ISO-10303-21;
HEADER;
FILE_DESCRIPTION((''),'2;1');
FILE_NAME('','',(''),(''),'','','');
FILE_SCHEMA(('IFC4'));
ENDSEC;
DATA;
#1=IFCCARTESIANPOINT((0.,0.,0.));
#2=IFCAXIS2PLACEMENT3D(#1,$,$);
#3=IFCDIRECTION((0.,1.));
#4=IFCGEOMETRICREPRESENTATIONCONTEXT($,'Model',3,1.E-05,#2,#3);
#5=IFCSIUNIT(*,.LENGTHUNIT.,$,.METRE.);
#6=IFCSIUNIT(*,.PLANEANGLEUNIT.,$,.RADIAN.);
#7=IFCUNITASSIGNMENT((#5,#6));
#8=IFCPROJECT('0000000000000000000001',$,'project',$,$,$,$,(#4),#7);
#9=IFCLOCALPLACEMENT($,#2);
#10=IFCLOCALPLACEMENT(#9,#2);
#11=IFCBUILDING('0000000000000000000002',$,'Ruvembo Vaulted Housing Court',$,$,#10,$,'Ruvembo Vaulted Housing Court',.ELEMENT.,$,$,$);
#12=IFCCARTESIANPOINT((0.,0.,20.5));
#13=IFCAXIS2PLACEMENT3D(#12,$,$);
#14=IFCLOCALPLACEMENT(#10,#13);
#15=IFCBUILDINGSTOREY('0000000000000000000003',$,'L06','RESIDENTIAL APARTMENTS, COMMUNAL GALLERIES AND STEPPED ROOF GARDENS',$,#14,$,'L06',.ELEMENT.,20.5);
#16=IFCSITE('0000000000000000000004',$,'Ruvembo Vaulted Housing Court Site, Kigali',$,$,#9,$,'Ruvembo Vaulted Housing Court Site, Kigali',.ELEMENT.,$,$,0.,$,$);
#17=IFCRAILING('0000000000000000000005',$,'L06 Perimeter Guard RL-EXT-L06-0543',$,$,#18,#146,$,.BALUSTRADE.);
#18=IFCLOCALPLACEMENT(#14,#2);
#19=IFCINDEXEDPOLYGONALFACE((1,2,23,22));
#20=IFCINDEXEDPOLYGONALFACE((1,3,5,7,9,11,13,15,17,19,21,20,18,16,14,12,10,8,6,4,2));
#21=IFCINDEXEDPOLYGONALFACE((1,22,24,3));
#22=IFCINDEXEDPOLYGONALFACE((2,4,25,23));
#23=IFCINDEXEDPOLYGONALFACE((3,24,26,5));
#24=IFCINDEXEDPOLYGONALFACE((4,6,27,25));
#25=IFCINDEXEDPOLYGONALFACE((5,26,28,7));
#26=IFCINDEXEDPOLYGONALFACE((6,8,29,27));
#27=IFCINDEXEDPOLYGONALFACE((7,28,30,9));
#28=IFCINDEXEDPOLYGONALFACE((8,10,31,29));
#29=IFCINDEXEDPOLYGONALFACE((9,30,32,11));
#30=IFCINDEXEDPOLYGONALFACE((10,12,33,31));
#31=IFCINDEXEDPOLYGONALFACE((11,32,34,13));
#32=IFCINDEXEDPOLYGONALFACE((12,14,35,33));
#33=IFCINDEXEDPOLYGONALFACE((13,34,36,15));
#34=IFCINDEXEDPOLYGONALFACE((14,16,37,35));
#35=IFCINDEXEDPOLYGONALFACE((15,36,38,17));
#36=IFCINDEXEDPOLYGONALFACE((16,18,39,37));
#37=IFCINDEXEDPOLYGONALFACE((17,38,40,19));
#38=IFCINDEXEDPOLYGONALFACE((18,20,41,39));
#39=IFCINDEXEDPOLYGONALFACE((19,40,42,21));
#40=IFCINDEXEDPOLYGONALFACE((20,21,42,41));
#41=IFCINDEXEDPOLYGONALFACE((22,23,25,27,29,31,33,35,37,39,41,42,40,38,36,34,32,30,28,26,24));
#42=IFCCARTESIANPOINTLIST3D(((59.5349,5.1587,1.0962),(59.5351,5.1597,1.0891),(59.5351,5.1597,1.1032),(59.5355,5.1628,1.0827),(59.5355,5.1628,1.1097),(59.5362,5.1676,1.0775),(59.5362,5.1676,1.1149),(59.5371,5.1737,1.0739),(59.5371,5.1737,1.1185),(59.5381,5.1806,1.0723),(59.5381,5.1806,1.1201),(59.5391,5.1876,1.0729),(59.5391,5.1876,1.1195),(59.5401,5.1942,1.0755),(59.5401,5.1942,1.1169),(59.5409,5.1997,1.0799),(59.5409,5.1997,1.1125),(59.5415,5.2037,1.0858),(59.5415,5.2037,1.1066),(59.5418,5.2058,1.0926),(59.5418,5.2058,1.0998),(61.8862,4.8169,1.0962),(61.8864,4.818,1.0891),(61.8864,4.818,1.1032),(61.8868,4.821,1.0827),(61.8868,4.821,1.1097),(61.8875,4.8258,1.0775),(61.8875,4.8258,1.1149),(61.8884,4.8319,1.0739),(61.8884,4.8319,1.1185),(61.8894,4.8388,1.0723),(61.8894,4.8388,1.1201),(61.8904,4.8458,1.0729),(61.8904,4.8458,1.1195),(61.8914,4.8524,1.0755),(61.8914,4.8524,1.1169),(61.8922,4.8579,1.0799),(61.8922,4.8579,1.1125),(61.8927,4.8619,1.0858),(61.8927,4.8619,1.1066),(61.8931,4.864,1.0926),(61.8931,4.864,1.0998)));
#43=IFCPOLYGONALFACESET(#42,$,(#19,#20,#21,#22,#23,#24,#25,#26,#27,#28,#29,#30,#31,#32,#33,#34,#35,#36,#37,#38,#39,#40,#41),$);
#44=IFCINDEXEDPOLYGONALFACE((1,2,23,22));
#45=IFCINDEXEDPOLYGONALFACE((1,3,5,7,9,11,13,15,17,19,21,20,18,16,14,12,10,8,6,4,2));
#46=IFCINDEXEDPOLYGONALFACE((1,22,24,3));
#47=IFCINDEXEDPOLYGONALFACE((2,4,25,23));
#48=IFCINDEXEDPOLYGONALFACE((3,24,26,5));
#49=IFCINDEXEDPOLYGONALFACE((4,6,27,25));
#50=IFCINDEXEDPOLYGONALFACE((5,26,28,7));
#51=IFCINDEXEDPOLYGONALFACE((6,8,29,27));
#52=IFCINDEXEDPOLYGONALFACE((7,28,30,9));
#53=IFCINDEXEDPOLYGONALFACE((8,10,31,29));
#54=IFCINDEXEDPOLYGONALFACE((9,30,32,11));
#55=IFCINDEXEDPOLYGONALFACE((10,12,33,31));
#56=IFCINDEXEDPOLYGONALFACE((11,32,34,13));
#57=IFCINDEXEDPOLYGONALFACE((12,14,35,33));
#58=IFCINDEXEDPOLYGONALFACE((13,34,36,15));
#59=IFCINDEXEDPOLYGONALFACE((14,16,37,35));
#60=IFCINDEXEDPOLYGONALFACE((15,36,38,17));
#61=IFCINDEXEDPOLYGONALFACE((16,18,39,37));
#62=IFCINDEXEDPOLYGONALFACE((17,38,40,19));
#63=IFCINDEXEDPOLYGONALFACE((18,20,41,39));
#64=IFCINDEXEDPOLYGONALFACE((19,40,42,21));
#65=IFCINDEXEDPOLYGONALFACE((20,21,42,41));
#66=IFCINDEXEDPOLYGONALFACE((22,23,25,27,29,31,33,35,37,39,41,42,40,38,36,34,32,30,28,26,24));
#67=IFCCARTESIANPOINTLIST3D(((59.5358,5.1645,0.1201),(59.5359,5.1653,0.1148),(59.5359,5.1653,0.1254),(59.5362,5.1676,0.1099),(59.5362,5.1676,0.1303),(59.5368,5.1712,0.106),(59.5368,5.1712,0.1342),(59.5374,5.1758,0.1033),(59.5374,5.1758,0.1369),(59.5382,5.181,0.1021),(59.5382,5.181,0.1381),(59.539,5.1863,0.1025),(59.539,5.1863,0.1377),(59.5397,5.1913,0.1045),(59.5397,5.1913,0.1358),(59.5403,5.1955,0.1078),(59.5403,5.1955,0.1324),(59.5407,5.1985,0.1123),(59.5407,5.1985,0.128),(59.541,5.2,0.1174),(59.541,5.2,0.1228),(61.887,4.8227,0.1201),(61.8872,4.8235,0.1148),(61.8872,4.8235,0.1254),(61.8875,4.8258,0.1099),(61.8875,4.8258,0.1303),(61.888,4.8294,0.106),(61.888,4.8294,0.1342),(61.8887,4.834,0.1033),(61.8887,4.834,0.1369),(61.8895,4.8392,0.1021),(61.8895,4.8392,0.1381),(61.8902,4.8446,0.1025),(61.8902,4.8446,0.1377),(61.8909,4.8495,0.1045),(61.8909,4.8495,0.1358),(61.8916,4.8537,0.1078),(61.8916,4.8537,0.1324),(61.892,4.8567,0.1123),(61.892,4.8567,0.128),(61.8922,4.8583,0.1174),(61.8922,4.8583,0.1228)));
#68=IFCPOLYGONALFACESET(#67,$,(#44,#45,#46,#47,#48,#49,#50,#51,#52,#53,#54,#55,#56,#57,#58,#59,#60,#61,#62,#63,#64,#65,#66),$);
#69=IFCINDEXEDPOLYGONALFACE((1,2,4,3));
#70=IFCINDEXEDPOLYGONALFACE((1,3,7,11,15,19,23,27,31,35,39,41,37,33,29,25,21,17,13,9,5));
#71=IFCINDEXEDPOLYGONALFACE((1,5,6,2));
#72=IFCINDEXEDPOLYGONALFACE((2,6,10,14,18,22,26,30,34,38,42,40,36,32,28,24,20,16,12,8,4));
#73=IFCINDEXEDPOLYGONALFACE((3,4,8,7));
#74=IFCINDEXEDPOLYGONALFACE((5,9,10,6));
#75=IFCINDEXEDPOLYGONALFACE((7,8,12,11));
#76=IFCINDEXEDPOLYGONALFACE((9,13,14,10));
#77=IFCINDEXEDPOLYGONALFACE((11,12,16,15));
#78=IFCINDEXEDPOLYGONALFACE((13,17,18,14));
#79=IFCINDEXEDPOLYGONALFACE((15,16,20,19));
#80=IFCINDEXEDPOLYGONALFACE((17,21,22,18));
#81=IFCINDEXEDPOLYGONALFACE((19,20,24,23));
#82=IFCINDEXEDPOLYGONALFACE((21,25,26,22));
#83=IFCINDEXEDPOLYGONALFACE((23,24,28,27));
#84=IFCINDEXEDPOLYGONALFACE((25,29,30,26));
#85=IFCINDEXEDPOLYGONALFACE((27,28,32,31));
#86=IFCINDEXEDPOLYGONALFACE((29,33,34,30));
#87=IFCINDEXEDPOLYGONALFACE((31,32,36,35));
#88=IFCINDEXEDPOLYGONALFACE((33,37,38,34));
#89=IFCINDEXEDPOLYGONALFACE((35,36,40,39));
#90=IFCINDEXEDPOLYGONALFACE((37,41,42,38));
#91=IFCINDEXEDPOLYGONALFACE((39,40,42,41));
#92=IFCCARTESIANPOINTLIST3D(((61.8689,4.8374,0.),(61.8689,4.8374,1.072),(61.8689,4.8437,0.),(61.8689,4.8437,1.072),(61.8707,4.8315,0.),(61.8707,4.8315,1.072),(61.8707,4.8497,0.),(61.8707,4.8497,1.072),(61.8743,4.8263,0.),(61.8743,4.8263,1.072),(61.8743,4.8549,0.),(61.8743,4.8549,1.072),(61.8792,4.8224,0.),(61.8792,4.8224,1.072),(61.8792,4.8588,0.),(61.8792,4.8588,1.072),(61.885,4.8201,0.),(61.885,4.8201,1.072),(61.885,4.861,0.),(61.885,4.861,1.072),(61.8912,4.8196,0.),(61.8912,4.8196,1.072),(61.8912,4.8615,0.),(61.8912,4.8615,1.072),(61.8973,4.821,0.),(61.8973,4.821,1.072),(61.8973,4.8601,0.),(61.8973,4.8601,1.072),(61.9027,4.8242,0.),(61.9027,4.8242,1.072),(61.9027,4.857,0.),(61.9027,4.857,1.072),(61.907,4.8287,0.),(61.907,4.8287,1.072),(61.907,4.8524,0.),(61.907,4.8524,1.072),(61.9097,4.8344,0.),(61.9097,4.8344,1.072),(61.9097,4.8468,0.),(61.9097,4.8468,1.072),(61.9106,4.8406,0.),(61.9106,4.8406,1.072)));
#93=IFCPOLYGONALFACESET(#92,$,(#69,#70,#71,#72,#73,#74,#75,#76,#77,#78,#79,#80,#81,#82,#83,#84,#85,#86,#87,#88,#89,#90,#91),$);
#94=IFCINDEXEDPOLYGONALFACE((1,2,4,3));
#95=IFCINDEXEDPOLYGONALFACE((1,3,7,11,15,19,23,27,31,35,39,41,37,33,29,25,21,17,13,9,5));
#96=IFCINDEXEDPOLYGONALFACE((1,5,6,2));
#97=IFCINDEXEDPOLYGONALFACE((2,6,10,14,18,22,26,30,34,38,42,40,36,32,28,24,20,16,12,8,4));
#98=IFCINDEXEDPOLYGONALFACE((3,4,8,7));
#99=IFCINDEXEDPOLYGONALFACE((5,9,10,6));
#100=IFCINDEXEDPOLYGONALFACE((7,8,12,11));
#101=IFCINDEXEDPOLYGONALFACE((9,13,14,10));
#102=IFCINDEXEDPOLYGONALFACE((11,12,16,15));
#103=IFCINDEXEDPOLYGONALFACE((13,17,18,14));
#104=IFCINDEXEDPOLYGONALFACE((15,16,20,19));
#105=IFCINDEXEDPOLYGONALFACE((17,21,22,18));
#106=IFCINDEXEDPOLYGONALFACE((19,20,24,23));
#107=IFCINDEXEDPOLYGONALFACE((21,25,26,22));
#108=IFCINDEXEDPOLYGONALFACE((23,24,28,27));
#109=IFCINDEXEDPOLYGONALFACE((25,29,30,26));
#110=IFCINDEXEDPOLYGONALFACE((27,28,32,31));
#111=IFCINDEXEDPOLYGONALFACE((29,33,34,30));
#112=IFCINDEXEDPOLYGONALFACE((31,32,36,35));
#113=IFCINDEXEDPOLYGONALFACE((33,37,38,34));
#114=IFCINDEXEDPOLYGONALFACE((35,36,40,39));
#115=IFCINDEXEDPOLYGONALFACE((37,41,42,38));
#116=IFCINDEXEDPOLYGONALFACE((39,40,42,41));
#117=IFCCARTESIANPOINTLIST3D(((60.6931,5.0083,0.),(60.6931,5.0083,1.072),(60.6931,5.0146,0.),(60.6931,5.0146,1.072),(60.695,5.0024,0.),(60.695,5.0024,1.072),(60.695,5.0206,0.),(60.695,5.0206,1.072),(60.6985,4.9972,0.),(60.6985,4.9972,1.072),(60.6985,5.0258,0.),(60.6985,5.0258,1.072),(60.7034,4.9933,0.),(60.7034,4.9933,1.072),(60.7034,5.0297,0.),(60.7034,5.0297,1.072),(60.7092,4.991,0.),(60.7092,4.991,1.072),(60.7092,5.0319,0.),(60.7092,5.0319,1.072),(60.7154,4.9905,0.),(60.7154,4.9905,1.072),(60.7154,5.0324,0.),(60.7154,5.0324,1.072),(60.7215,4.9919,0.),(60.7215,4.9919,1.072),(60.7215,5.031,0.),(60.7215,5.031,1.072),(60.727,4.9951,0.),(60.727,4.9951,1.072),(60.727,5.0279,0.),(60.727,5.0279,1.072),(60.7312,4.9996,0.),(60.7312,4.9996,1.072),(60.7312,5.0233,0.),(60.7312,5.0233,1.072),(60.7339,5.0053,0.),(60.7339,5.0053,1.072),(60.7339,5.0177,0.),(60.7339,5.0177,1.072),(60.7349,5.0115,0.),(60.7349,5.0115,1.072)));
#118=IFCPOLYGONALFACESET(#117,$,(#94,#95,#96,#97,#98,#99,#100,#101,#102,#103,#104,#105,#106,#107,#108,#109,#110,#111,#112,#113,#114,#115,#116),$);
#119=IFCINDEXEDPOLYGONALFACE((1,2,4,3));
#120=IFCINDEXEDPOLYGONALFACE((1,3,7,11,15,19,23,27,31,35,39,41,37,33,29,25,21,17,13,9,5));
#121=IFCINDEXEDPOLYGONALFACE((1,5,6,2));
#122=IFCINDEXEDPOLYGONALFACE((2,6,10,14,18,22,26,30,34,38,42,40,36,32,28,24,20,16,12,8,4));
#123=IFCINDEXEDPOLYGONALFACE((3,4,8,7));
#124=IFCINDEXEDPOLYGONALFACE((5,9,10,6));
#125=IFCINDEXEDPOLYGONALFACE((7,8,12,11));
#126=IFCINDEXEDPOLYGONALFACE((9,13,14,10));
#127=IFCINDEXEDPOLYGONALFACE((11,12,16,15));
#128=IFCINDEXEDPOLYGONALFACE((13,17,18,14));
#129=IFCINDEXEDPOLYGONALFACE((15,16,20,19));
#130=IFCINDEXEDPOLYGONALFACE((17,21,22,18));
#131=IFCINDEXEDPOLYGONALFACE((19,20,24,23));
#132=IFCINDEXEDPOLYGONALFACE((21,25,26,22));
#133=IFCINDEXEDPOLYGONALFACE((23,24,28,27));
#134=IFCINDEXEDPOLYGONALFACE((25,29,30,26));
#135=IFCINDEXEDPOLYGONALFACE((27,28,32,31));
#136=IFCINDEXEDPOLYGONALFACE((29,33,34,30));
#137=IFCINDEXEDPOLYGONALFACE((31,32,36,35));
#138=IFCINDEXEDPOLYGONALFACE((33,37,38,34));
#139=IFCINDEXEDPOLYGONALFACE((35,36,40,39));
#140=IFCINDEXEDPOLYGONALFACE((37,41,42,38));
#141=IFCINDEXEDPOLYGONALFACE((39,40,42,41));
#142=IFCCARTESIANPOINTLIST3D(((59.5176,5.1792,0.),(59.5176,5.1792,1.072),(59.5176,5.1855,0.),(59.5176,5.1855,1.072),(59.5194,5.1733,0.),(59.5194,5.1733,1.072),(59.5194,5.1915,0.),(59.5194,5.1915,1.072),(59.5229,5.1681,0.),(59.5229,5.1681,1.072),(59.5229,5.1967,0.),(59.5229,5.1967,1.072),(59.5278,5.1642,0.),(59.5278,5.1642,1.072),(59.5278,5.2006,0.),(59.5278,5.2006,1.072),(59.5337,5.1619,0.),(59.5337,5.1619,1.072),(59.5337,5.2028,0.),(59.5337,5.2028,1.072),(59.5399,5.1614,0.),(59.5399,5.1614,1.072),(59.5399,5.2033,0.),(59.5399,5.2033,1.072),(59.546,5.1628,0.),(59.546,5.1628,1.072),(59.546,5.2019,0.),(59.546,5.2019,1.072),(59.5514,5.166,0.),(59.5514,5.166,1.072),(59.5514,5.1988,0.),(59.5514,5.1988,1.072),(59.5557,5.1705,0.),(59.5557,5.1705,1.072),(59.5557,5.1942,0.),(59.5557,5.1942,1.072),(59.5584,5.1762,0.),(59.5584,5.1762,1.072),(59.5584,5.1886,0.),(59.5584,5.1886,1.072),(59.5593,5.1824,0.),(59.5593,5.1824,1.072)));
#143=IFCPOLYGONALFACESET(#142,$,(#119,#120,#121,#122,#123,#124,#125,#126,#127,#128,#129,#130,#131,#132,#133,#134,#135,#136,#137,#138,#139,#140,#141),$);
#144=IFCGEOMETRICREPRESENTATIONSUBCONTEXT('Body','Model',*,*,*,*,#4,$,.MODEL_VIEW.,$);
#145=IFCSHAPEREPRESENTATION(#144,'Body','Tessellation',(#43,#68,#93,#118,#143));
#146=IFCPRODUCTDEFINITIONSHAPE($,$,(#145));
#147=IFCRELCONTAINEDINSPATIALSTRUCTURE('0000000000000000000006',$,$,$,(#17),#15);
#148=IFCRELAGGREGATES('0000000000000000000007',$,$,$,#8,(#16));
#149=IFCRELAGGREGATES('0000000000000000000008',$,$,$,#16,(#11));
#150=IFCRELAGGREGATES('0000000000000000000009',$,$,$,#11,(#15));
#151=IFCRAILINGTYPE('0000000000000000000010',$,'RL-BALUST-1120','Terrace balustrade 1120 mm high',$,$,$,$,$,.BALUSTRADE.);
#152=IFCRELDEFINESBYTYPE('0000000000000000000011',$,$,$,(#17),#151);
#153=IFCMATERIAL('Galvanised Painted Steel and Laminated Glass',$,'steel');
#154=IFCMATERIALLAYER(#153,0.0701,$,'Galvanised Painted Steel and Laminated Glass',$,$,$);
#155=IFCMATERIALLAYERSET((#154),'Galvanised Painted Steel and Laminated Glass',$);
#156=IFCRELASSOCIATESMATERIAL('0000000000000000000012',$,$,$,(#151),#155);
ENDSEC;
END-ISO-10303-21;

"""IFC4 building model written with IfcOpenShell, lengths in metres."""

from ifc_helpers import new_model, si_unit, direction, frame, origin, origin_2d, place, context, subcontext, project, spatial, circle, extrude, material, layer, layer_set, type_object, element, save


model = new_model("IFC4")

# Units and contexts
model_context = context("Model", 3, precision=1e-05, world=origin(), true_north=direction((0.0, 1.0)))
body_context = subcontext(model_context, "Body", "Model", "MODEL_VIEW")
ifc_project = project(units=[si_unit("LENGTHUNIT", "METRE"), si_unit("PLANEANGLEUNIT", "RADIAN")], contexts=[model_context])

# Site, building, storey
site_placement = place(None, origin())
site = spatial("IfcSite", under=ifc_project, at=site_placement, Name="Ruvembo Vaulted Housing Court Site, Kigali", LongName="Ruvembo Vaulted Housing Court Site, Kigali", CompositionType="ELEMENT", RefElevation=0.0)
building_placement = place(site_placement, origin())
building = spatial("IfcBuilding", under=site, at=building_placement, Name="Ruvembo Vaulted Housing Court", LongName="Ruvembo Vaulted Housing Court", CompositionType="ELEMENT")
storey_placement = place(building_placement, frame((0.0, 0.0, 20.5)))
storey = spatial("IfcBuildingStorey", under=building, at=storey_placement, Name="L06", Description="RESIDENTIAL APARTMENTS, COMMUNAL GALLERIES AND STEPPED ROOF GARDENS", LongName="L06", CompositionType="ELEMENT", Elevation=20.5)

# Railing
ifc_material_1 = material(Name="Galvanised Painted Steel and Laminated Glass", Category="steel")
ifc_layer = layer(ifc_material_1, 0.0701, Name="Galvanised Painted Steel and Laminated Glass")
ifc_layer_set = layer_set([ifc_layer], Name="Galvanised Painted Steel and Laminated Glass")
railing_type = type_object("IfcRailingType", Name="RL-BALUST-1120", Description="Terrace balustrade 1120 mm high", PredefinedType="BALUSTRADE", material=ifc_layer_set)
railing_1_placement = place(storey_placement, frame((61.8896, 4.8406, 0.0)))
element("IfcRailing", 1, at=railing_1_placement, inside=storey, type_object=railing_type, Name="L06 Perimeter Guard RL-EXT-L06-0543", PredefinedType="BALUSTRADE", context=body_context, shape_type="SweptSolid", body=[
    extrude(circle(Radius=0.0239, at=origin_2d()), frame((0.0, 0.0, 1.0962), z_axis=(-0.989599, 0.143852, 0.0), x_axis=(-0.143852, -0.989599, 0.0)), (0.0, 0.0, 1.0), 2.376),
    extrude(circle(Radius=0.0181, at=origin_2d()), frame((0.0, 0.0, 0.1201), z_axis=(-0.989599, 0.143852, 0.0), x_axis=(-0.143852, -0.989599, 0.0)), (0.0, 0.0, 1.0), 2.376),
    extrude(circle(Radius=0.021, at=origin_2d()), origin(), (0.0, 0.0, 1.0), 1.072),
    extrude(circle(Radius=0.021, at=origin_2d()), frame((-1.1758, 0.1709, 0.0)), (0.0, 0.0, 1.0), 1.072),
    extrude(circle(Radius=0.021, at=origin_2d()), frame((-2.3513, 0.3418, 0.0)), (0.0, 0.0, 1.0), 1.072),
])

save(model, "model.ifc")
